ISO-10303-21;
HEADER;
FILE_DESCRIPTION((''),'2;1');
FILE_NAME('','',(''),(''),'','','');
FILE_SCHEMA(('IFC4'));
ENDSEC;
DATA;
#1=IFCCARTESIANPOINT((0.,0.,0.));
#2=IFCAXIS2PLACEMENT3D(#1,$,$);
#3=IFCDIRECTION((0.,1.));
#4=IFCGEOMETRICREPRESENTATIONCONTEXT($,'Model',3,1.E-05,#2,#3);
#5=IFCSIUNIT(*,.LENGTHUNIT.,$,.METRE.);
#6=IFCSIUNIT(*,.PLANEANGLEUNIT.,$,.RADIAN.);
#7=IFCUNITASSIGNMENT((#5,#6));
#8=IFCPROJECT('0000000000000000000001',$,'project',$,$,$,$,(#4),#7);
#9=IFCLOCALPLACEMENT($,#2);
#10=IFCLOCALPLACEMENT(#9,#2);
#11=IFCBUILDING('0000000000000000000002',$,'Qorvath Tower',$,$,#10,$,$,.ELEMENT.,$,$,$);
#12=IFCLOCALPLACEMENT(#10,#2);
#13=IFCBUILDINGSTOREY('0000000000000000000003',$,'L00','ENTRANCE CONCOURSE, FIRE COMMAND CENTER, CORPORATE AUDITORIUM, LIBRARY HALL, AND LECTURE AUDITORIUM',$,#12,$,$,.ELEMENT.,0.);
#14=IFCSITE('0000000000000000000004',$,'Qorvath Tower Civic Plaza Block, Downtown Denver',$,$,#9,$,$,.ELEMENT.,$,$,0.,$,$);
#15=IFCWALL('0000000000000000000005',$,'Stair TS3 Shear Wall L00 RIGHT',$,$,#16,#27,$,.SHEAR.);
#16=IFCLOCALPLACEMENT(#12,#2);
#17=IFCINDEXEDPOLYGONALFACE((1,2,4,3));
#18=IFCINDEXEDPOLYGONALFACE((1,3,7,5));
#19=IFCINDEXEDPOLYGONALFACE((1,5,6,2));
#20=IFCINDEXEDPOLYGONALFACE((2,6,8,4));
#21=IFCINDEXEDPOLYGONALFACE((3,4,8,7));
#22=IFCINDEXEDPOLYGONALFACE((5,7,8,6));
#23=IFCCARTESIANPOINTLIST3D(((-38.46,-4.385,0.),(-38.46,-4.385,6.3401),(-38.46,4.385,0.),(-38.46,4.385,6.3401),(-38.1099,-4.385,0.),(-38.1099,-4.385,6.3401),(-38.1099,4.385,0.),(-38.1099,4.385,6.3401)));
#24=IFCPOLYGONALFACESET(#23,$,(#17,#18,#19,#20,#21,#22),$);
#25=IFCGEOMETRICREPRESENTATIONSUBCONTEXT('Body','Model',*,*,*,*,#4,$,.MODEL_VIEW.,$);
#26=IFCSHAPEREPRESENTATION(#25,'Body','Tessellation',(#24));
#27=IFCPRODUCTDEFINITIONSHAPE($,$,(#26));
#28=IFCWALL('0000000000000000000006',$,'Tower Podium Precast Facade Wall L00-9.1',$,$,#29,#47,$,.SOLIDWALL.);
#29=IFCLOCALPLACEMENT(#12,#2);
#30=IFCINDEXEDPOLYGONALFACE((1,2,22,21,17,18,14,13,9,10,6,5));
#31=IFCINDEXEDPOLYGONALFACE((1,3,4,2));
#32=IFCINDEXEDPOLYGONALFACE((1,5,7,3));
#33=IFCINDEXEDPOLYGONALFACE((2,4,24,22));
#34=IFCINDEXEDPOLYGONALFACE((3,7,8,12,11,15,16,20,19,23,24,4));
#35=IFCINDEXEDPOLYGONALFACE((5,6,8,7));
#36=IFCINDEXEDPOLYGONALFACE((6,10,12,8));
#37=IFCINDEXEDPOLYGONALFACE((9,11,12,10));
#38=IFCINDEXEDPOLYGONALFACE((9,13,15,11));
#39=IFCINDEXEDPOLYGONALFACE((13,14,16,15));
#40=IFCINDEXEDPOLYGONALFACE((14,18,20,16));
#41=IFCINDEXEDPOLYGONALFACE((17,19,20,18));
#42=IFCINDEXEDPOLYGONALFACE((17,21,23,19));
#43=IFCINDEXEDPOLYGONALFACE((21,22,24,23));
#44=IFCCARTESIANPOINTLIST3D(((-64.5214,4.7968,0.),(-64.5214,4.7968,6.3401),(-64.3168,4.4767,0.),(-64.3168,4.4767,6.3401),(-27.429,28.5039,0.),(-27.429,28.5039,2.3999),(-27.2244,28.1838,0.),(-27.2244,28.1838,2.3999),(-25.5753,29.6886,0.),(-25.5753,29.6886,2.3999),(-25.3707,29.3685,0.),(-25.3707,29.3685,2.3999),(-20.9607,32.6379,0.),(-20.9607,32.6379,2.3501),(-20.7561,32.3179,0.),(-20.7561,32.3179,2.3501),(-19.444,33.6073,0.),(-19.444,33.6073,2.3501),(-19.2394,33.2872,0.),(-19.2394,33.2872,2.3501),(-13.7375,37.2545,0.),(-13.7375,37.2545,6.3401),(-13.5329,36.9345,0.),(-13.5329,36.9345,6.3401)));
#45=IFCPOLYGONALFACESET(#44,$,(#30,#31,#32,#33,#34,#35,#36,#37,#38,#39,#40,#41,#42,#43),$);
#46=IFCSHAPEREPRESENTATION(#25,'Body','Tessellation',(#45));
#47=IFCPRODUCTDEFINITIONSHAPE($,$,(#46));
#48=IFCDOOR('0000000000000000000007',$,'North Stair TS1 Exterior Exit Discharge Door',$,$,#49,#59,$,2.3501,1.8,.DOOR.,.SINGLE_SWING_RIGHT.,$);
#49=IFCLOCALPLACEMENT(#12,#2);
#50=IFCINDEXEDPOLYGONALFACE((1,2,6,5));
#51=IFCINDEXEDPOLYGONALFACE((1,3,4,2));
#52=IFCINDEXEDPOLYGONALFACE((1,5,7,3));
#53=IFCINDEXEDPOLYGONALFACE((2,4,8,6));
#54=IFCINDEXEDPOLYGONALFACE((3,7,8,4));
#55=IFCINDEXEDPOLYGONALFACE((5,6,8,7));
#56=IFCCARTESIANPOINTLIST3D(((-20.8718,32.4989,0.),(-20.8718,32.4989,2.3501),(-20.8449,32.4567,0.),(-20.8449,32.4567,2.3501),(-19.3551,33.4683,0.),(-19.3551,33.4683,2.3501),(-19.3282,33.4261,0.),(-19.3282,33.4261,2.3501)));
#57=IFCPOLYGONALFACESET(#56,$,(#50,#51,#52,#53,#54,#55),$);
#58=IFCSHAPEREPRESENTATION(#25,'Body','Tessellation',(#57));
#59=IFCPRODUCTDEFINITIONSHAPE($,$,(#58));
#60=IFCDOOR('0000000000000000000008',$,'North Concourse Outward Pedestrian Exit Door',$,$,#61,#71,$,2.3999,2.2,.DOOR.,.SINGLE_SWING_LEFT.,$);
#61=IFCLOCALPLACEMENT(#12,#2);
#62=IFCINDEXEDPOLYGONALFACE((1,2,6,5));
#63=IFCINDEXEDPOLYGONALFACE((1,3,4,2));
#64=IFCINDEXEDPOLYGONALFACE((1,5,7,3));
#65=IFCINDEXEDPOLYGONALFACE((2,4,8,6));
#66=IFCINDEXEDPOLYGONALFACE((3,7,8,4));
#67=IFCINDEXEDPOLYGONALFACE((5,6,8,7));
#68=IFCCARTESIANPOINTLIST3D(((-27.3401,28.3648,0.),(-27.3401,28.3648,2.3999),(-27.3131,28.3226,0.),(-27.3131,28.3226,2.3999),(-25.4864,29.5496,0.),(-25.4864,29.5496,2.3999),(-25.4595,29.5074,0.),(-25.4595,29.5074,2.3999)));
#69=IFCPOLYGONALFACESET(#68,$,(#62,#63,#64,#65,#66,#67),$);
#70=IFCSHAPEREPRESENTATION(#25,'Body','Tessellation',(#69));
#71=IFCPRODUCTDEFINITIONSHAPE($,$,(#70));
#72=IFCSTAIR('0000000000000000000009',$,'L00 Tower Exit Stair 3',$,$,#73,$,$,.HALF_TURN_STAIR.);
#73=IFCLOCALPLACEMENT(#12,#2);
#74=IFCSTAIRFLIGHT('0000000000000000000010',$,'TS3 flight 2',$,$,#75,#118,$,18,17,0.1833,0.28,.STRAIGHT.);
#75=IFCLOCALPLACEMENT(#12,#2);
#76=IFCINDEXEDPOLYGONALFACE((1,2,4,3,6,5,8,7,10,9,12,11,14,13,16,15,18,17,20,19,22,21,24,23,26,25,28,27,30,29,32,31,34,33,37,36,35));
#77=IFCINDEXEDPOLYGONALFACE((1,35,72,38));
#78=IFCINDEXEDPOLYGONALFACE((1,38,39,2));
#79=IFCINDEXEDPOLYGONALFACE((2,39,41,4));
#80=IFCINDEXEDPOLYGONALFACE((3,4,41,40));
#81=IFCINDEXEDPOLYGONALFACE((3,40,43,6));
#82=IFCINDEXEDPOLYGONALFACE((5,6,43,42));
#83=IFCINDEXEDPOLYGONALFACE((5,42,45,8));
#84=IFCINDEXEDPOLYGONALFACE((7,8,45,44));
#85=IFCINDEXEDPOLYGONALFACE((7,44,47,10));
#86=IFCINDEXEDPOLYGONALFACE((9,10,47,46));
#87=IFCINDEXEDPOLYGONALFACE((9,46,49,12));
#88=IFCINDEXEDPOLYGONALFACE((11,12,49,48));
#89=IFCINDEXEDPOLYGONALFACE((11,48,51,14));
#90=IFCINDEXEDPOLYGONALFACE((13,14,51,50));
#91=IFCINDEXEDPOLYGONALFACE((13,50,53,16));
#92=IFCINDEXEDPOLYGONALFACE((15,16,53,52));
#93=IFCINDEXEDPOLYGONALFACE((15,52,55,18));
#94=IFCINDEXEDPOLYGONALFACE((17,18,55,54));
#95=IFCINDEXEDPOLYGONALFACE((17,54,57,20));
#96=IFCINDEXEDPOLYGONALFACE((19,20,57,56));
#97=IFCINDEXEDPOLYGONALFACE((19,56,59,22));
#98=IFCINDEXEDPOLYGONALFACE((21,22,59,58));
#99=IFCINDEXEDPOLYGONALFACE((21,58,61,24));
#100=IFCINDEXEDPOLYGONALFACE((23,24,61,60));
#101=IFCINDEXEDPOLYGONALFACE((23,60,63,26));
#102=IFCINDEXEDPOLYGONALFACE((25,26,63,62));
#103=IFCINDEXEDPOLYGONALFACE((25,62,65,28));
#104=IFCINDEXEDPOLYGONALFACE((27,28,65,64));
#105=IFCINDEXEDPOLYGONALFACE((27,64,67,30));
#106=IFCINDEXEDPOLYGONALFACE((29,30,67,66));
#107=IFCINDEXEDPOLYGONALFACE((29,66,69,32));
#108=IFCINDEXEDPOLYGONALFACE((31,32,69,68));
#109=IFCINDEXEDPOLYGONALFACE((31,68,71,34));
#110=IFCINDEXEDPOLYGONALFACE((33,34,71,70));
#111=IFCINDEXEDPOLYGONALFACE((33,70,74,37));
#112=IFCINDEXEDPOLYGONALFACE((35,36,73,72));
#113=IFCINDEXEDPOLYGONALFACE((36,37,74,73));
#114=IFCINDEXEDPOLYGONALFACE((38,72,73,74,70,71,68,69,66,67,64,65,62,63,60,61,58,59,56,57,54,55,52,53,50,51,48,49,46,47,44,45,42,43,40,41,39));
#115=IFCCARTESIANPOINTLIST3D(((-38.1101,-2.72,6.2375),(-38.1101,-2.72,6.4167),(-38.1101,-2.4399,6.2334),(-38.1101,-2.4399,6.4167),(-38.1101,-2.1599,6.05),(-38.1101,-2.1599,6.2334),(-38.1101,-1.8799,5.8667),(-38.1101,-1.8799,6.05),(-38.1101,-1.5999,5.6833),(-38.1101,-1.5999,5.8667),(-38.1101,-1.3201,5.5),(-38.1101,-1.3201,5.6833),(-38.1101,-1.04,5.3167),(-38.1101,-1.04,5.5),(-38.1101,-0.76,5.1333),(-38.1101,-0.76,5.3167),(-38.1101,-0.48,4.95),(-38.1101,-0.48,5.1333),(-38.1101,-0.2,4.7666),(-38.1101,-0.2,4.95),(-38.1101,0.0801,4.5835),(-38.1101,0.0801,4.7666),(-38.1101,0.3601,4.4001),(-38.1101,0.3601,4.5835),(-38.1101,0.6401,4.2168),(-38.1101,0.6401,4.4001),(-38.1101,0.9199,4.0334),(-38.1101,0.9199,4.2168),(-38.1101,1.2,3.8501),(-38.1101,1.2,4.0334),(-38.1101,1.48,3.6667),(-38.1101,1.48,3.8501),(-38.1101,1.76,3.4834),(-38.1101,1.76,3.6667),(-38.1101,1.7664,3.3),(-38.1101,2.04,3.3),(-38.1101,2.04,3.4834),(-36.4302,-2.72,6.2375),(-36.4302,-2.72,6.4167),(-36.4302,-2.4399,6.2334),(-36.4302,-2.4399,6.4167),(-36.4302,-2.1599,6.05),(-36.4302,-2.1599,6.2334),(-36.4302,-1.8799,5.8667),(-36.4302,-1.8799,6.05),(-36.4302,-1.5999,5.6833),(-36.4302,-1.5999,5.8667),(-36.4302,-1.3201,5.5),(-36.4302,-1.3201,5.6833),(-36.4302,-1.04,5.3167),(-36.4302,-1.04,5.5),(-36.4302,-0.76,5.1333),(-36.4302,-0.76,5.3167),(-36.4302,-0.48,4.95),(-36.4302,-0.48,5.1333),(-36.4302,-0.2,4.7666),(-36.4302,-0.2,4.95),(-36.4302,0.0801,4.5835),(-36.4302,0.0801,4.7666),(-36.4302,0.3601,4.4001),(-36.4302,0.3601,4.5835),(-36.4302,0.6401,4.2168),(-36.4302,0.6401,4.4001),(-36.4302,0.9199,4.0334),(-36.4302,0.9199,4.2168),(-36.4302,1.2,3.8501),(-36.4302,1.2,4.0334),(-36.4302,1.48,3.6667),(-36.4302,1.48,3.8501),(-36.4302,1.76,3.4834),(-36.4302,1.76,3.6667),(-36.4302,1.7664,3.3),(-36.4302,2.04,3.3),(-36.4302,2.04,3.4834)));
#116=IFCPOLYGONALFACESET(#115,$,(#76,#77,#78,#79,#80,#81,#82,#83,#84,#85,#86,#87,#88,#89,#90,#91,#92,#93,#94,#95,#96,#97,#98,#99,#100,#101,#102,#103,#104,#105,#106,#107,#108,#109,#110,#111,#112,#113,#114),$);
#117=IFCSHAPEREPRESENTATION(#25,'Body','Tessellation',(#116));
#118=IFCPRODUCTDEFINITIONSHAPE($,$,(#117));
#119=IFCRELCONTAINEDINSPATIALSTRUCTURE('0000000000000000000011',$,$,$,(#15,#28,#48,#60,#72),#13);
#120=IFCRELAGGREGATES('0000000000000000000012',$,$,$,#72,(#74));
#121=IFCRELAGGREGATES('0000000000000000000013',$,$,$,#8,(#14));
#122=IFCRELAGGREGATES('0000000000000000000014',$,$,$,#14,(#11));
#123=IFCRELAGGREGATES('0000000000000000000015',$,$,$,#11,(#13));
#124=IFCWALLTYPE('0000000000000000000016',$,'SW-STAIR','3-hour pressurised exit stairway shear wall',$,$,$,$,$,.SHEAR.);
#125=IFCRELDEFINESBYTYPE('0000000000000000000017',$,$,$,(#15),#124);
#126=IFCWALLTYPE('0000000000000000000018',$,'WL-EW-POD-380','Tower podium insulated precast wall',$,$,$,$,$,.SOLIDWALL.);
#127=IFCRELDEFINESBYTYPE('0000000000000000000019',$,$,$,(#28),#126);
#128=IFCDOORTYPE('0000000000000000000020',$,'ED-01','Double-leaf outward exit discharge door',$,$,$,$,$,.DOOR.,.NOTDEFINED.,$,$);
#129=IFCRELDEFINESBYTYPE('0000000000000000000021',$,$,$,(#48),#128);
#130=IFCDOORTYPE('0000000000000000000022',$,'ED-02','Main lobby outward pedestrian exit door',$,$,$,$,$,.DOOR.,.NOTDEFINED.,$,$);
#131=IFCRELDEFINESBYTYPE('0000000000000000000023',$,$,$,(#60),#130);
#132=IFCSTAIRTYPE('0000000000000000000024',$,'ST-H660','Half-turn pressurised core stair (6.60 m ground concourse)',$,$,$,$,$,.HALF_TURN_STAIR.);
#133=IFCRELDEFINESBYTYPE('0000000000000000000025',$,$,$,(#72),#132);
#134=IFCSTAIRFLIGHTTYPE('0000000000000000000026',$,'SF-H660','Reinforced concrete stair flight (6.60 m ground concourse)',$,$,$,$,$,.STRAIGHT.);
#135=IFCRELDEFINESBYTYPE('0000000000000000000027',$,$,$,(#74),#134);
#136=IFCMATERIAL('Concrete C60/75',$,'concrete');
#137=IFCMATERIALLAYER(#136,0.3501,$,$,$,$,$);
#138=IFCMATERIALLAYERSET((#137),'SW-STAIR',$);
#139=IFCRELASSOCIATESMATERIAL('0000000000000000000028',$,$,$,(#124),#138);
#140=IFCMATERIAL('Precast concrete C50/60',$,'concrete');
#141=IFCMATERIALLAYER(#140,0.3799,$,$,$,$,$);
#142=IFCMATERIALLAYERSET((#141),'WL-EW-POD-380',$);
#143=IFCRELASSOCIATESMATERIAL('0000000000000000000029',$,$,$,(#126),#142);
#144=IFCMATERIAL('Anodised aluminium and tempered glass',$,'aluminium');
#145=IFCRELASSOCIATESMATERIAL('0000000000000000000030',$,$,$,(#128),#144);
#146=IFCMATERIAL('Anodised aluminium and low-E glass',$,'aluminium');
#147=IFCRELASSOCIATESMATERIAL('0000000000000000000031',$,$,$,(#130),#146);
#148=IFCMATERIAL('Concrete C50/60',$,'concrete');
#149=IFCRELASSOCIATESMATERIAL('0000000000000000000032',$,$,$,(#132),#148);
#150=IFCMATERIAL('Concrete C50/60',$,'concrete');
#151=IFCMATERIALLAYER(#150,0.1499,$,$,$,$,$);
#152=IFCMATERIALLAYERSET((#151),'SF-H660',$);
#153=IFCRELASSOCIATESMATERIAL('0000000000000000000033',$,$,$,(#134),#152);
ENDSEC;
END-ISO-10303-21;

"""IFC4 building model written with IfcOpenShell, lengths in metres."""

from ifc_helpers import new_model, si_unit, direction, frame, frame_2d, origin, place, context, subcontext, project, spatial, polyline, rectangle, outline, extrude, material, layer, layer_set, type_object, element, fill, aggregate, save


model = new_model("IFC4")

# Units and contexts
model_context = context("Model", 3, precision=1e-05, world=origin(), true_north=direction((0.0, 1.0)))
body_context = subcontext(model_context, "Body", "Model", "MODEL_VIEW")
ifc_project = project(units=[si_unit("LENGTHUNIT", "METRE"), si_unit("PLANEANGLEUNIT", "RADIAN")], contexts=[model_context])

# Site, building, storey
site_placement = place(None, origin())
site = spatial("IfcSite", under=ifc_project, at=site_placement, Name="Qorvath Tower Civic Plaza Block, Downtown Denver", CompositionType="ELEMENT", RefElevation=0.0)
building_placement = place(site_placement, origin())
building = spatial("IfcBuilding", under=site, at=building_placement, Name="Qorvath Tower", CompositionType="ELEMENT")
storey_placement = place(building_placement, origin())
storey = spatial("IfcBuildingStorey", under=building, at=storey_placement, Name="L00", Description="ENTRANCE CONCOURSE, FIRE COMMAND CENTER, CORPORATE AUDITORIUM, LIBRARY HALL, AND LECTURE AUDITORIUM", CompositionType="ELEMENT", Elevation=0.0)

# Wall
ifc_material_1 = material(Name="Concrete C60/75", Category="concrete")
ifc_layer_1 = layer(ifc_material_1, 0.3501)
ifc_layer_set_1 = layer_set([ifc_layer_1], Name="SW-STAIR")
wall_type_1 = type_object("IfcWallType", Name="SW-STAIR", Description="3-hour pressurised exit stairway shear wall", PredefinedType="SHEAR", material=ifc_layer_set_1)
wall_1_placement = place(storey_placement, frame((-38.2849, 4.385, 0.0), z_axis=(0.0, 0.0, 1.0), x_axis=(0.0, -1.0, 0.0)))
element("IfcWall", 1, at=wall_1_placement, inside=storey, type_object=wall_type_1, Name="Stair TS3 Shear Wall L00 RIGHT", PredefinedType="SHEAR", context=body_context, shape_type="SweptSolid", body=[
    extrude(rectangle(XDim=8.77, YDim=0.3501, at=frame_2d((4.385, 0.0))), origin(), (0.0, 0.0, 1.0), 6.3401),
])

# Wall, openings, doors
ifc_material_2 = material(Name="Precast concrete C50/60", Category="concrete")
ifc_layer_2 = layer(ifc_material_2, 0.3799)
ifc_layer_set_2 = layer_set([ifc_layer_2], Name="WL-EW-POD-380")
wall_type_2 = type_object("IfcWallType", Name="WL-EW-POD-380", Description="Tower podium insulated precast wall", PredefinedType="SOLIDWALL", material=ifc_layer_set_2)
wall_2_placement = place(storey_placement, frame((-64.4192, 4.6367, 0.0), z_axis=(0.0, 0.0, 1.0), x_axis=(0.842602, 0.538536, 0.0)))
wall_2 = element("IfcWall", 2, at=wall_2_placement, inside=storey, type_object=wall_type_2, Name="Tower Podium Precast Facade Wall L00-9.1", PredefinedType="SOLIDWALL", context=body_context, shape_type="SweptSolid", body=[
    extrude(rectangle(XDim=60.2703, YDim=0.3799, at=frame_2d((30.1353, 0.0))), origin(), (0.0, 0.0, 1.0), 6.3401),
])
opening_1_placement = place(wall_2_placement, frame((51.698, 0.0, 0.0)))
opening_1 = element("IfcOpeningElement", 3, at=opening_1_placement, cuts=wall_2, PredefinedType="OPENING", context=body_context, shape_type="SweptSolid", body=[
    extrude(rectangle(XDim=1.8, YDim=2.3501, at=frame_2d((0.8999, 1.175))), frame((0.0, 0.2, 0.0), z_axis=(0.0, -1.0, 0.0), x_axis=(1.0, 0.0, 0.0)), (0.0, 0.0, 1.0), 0.3999),
])
opening_2_placement = place(wall_2_placement, frame((44.0212, 0.0, 0.0)))
opening_2 = element("IfcOpeningElement", 4, at=opening_2_placement, cuts=wall_2, PredefinedType="OPENING", context=body_context, shape_type="SweptSolid", body=[
    extrude(rectangle(XDim=2.2, YDim=2.3999, at=frame_2d((1.1001, 1.2))), frame((0.0, 0.2, 0.0), z_axis=(0.0, -1.0, 0.0), x_axis=(1.0, 0.0, 0.0)), (0.0, 0.0, 1.0), 0.3999),
])
ifc_material_3 = material(Name="Anodised aluminium and tempered glass", Category="aluminium")
door_type_1 = type_object("IfcDoorType", Name="ED-01", Description="Double-leaf outward exit discharge door", OperationType="NOTDEFINED", PredefinedType="DOOR", material=ifc_material_3)
door_1_placement = place(opening_1_placement, origin())
door_1 = element("IfcDoor", 5, at=door_1_placement, inside=storey, type_object=door_type_1, Name="North Stair TS1 Exterior Exit Discharge Door", OperationType="SINGLE_SWING_RIGHT", OverallHeight=2.3501, OverallWidth=1.8, PredefinedType="DOOR", context=body_context, shape_type="SweptSolid", body=[
    extrude(rectangle(XDim=1.8, YDim=2.3501, at=frame_2d((0.8999, 1.175))), frame((0.0, 0.0249, 0.0), z_axis=(0.0, -1.0, 0.0), x_axis=(1.0, 0.0, 0.0)), (0.0, 0.0, 1.0), 0.05),
])
fill(opening_1, door_1)
ifc_material_4 = material(Name="Anodised aluminium and low-E glass", Category="aluminium")
door_type_2 = type_object("IfcDoorType", Name="ED-02", Description="Main lobby outward pedestrian exit door", OperationType="NOTDEFINED", PredefinedType="DOOR", material=ifc_material_4)
door_2_placement = place(opening_2_placement, origin())
door_2 = element("IfcDoor", 6, at=door_2_placement, inside=storey, type_object=door_type_2, Name="North Concourse Outward Pedestrian Exit Door", OperationType="SINGLE_SWING_LEFT", OverallHeight=2.3999, OverallWidth=2.2, PredefinedType="DOOR", context=body_context, shape_type="SweptSolid", body=[
    extrude(rectangle(XDim=2.2, YDim=2.3999, at=frame_2d((1.1001, 1.2))), frame((0.0, 0.0249, 0.0), z_axis=(0.0, -1.0, 0.0), x_axis=(1.0, 0.0, 0.0)), (0.0, 0.0, 1.0), 0.05),
])
fill(opening_2, door_2)

# Stair, stair flight
ifc_material_5 = material(Name="Concrete C50/60", Category="concrete")
stair_type = type_object("IfcStairType", Name="ST-H660", Description="Half-turn pressurised core stair (6.60 m ground concourse)", PredefinedType="HALF_TURN_STAIR", material=ifc_material_5)
stair_placement = place(storey_placement, origin())
stair = element("IfcStair", 7, at=stair_placement, inside=storey, type_object=stair_type, Name="L00 Tower Exit Stair 3", PredefinedType="HALF_TURN_STAIR")
ifc_material_6 = material(Name="Concrete C50/60", Category="concrete")
ifc_layer_3 = layer(ifc_material_6, 0.1499)
ifc_layer_set_3 = layer_set([ifc_layer_3], Name="SF-H660")
stair_flight_type = type_object("IfcStairFlightType", Name="SF-H660", Description="Reinforced concrete stair flight (6.60 m ground concourse)", PredefinedType="STRAIGHT", material=ifc_layer_set_3)
stair_flight_placement = place(storey_placement, frame((-37.27, 2.04, 3.3), z_axis=(0.0, 0.0, 1.0), x_axis=(0.0, -1.0, 0.0)))
stair_flight = element("IfcStairFlight", 8, at=stair_flight_placement, type_object=stair_flight_type, Name="TS3 flight 2", NumberOfRisers=18, NumberOfTreads=17, PredefinedType="STRAIGHT", RiserHeight=0.1833, TreadLength=0.28, context=body_context, shape_type="SweptSolid", body=[
    extrude(outline(polyline([(0.0, 0.0), (0.0, 0.1833), (0.28, 0.1833), (0.28, 0.3667), (0.5601, 0.3667), (0.5601, 0.55), (0.8401, 0.55), (0.8401, 0.7334), (1.1201, 0.7334), (1.1201, 0.9167), (1.3999, 0.9167), (1.3999, 1.1001), (1.6799, 1.1001), (1.6799, 1.2834), (1.96, 1.2834), (1.96, 1.4666), (2.24, 1.4666), (2.24, 1.6499), (2.52, 1.6499), (2.52, 1.8333), (2.8, 1.8333), (2.8, 2.0166), (3.0801, 2.0166), (3.0801, 2.2), (3.3601, 2.2), (3.3601, 2.3833), (3.6399, 2.3833), (3.6399, 2.5667), (3.9199, 2.5667), (3.9199, 2.75), (4.2, 2.75), (4.2, 2.9333), (4.48, 2.9333), (4.48, 3.1167), (4.76, 3.1167), (4.76, 3.3), (4.76, 2.9375), (0.2737, 0.0), (0.0, 0.0)])), frame((0.0, 0.8398, 0.0), z_axis=(0.0, -1.0, 0.0), x_axis=(1.0, 0.0, 0.0)), (0.0, 0.0, 1.0), 1.6799),
])
aggregate(stair, [stair_flight])

save(model, "model.ifc")
